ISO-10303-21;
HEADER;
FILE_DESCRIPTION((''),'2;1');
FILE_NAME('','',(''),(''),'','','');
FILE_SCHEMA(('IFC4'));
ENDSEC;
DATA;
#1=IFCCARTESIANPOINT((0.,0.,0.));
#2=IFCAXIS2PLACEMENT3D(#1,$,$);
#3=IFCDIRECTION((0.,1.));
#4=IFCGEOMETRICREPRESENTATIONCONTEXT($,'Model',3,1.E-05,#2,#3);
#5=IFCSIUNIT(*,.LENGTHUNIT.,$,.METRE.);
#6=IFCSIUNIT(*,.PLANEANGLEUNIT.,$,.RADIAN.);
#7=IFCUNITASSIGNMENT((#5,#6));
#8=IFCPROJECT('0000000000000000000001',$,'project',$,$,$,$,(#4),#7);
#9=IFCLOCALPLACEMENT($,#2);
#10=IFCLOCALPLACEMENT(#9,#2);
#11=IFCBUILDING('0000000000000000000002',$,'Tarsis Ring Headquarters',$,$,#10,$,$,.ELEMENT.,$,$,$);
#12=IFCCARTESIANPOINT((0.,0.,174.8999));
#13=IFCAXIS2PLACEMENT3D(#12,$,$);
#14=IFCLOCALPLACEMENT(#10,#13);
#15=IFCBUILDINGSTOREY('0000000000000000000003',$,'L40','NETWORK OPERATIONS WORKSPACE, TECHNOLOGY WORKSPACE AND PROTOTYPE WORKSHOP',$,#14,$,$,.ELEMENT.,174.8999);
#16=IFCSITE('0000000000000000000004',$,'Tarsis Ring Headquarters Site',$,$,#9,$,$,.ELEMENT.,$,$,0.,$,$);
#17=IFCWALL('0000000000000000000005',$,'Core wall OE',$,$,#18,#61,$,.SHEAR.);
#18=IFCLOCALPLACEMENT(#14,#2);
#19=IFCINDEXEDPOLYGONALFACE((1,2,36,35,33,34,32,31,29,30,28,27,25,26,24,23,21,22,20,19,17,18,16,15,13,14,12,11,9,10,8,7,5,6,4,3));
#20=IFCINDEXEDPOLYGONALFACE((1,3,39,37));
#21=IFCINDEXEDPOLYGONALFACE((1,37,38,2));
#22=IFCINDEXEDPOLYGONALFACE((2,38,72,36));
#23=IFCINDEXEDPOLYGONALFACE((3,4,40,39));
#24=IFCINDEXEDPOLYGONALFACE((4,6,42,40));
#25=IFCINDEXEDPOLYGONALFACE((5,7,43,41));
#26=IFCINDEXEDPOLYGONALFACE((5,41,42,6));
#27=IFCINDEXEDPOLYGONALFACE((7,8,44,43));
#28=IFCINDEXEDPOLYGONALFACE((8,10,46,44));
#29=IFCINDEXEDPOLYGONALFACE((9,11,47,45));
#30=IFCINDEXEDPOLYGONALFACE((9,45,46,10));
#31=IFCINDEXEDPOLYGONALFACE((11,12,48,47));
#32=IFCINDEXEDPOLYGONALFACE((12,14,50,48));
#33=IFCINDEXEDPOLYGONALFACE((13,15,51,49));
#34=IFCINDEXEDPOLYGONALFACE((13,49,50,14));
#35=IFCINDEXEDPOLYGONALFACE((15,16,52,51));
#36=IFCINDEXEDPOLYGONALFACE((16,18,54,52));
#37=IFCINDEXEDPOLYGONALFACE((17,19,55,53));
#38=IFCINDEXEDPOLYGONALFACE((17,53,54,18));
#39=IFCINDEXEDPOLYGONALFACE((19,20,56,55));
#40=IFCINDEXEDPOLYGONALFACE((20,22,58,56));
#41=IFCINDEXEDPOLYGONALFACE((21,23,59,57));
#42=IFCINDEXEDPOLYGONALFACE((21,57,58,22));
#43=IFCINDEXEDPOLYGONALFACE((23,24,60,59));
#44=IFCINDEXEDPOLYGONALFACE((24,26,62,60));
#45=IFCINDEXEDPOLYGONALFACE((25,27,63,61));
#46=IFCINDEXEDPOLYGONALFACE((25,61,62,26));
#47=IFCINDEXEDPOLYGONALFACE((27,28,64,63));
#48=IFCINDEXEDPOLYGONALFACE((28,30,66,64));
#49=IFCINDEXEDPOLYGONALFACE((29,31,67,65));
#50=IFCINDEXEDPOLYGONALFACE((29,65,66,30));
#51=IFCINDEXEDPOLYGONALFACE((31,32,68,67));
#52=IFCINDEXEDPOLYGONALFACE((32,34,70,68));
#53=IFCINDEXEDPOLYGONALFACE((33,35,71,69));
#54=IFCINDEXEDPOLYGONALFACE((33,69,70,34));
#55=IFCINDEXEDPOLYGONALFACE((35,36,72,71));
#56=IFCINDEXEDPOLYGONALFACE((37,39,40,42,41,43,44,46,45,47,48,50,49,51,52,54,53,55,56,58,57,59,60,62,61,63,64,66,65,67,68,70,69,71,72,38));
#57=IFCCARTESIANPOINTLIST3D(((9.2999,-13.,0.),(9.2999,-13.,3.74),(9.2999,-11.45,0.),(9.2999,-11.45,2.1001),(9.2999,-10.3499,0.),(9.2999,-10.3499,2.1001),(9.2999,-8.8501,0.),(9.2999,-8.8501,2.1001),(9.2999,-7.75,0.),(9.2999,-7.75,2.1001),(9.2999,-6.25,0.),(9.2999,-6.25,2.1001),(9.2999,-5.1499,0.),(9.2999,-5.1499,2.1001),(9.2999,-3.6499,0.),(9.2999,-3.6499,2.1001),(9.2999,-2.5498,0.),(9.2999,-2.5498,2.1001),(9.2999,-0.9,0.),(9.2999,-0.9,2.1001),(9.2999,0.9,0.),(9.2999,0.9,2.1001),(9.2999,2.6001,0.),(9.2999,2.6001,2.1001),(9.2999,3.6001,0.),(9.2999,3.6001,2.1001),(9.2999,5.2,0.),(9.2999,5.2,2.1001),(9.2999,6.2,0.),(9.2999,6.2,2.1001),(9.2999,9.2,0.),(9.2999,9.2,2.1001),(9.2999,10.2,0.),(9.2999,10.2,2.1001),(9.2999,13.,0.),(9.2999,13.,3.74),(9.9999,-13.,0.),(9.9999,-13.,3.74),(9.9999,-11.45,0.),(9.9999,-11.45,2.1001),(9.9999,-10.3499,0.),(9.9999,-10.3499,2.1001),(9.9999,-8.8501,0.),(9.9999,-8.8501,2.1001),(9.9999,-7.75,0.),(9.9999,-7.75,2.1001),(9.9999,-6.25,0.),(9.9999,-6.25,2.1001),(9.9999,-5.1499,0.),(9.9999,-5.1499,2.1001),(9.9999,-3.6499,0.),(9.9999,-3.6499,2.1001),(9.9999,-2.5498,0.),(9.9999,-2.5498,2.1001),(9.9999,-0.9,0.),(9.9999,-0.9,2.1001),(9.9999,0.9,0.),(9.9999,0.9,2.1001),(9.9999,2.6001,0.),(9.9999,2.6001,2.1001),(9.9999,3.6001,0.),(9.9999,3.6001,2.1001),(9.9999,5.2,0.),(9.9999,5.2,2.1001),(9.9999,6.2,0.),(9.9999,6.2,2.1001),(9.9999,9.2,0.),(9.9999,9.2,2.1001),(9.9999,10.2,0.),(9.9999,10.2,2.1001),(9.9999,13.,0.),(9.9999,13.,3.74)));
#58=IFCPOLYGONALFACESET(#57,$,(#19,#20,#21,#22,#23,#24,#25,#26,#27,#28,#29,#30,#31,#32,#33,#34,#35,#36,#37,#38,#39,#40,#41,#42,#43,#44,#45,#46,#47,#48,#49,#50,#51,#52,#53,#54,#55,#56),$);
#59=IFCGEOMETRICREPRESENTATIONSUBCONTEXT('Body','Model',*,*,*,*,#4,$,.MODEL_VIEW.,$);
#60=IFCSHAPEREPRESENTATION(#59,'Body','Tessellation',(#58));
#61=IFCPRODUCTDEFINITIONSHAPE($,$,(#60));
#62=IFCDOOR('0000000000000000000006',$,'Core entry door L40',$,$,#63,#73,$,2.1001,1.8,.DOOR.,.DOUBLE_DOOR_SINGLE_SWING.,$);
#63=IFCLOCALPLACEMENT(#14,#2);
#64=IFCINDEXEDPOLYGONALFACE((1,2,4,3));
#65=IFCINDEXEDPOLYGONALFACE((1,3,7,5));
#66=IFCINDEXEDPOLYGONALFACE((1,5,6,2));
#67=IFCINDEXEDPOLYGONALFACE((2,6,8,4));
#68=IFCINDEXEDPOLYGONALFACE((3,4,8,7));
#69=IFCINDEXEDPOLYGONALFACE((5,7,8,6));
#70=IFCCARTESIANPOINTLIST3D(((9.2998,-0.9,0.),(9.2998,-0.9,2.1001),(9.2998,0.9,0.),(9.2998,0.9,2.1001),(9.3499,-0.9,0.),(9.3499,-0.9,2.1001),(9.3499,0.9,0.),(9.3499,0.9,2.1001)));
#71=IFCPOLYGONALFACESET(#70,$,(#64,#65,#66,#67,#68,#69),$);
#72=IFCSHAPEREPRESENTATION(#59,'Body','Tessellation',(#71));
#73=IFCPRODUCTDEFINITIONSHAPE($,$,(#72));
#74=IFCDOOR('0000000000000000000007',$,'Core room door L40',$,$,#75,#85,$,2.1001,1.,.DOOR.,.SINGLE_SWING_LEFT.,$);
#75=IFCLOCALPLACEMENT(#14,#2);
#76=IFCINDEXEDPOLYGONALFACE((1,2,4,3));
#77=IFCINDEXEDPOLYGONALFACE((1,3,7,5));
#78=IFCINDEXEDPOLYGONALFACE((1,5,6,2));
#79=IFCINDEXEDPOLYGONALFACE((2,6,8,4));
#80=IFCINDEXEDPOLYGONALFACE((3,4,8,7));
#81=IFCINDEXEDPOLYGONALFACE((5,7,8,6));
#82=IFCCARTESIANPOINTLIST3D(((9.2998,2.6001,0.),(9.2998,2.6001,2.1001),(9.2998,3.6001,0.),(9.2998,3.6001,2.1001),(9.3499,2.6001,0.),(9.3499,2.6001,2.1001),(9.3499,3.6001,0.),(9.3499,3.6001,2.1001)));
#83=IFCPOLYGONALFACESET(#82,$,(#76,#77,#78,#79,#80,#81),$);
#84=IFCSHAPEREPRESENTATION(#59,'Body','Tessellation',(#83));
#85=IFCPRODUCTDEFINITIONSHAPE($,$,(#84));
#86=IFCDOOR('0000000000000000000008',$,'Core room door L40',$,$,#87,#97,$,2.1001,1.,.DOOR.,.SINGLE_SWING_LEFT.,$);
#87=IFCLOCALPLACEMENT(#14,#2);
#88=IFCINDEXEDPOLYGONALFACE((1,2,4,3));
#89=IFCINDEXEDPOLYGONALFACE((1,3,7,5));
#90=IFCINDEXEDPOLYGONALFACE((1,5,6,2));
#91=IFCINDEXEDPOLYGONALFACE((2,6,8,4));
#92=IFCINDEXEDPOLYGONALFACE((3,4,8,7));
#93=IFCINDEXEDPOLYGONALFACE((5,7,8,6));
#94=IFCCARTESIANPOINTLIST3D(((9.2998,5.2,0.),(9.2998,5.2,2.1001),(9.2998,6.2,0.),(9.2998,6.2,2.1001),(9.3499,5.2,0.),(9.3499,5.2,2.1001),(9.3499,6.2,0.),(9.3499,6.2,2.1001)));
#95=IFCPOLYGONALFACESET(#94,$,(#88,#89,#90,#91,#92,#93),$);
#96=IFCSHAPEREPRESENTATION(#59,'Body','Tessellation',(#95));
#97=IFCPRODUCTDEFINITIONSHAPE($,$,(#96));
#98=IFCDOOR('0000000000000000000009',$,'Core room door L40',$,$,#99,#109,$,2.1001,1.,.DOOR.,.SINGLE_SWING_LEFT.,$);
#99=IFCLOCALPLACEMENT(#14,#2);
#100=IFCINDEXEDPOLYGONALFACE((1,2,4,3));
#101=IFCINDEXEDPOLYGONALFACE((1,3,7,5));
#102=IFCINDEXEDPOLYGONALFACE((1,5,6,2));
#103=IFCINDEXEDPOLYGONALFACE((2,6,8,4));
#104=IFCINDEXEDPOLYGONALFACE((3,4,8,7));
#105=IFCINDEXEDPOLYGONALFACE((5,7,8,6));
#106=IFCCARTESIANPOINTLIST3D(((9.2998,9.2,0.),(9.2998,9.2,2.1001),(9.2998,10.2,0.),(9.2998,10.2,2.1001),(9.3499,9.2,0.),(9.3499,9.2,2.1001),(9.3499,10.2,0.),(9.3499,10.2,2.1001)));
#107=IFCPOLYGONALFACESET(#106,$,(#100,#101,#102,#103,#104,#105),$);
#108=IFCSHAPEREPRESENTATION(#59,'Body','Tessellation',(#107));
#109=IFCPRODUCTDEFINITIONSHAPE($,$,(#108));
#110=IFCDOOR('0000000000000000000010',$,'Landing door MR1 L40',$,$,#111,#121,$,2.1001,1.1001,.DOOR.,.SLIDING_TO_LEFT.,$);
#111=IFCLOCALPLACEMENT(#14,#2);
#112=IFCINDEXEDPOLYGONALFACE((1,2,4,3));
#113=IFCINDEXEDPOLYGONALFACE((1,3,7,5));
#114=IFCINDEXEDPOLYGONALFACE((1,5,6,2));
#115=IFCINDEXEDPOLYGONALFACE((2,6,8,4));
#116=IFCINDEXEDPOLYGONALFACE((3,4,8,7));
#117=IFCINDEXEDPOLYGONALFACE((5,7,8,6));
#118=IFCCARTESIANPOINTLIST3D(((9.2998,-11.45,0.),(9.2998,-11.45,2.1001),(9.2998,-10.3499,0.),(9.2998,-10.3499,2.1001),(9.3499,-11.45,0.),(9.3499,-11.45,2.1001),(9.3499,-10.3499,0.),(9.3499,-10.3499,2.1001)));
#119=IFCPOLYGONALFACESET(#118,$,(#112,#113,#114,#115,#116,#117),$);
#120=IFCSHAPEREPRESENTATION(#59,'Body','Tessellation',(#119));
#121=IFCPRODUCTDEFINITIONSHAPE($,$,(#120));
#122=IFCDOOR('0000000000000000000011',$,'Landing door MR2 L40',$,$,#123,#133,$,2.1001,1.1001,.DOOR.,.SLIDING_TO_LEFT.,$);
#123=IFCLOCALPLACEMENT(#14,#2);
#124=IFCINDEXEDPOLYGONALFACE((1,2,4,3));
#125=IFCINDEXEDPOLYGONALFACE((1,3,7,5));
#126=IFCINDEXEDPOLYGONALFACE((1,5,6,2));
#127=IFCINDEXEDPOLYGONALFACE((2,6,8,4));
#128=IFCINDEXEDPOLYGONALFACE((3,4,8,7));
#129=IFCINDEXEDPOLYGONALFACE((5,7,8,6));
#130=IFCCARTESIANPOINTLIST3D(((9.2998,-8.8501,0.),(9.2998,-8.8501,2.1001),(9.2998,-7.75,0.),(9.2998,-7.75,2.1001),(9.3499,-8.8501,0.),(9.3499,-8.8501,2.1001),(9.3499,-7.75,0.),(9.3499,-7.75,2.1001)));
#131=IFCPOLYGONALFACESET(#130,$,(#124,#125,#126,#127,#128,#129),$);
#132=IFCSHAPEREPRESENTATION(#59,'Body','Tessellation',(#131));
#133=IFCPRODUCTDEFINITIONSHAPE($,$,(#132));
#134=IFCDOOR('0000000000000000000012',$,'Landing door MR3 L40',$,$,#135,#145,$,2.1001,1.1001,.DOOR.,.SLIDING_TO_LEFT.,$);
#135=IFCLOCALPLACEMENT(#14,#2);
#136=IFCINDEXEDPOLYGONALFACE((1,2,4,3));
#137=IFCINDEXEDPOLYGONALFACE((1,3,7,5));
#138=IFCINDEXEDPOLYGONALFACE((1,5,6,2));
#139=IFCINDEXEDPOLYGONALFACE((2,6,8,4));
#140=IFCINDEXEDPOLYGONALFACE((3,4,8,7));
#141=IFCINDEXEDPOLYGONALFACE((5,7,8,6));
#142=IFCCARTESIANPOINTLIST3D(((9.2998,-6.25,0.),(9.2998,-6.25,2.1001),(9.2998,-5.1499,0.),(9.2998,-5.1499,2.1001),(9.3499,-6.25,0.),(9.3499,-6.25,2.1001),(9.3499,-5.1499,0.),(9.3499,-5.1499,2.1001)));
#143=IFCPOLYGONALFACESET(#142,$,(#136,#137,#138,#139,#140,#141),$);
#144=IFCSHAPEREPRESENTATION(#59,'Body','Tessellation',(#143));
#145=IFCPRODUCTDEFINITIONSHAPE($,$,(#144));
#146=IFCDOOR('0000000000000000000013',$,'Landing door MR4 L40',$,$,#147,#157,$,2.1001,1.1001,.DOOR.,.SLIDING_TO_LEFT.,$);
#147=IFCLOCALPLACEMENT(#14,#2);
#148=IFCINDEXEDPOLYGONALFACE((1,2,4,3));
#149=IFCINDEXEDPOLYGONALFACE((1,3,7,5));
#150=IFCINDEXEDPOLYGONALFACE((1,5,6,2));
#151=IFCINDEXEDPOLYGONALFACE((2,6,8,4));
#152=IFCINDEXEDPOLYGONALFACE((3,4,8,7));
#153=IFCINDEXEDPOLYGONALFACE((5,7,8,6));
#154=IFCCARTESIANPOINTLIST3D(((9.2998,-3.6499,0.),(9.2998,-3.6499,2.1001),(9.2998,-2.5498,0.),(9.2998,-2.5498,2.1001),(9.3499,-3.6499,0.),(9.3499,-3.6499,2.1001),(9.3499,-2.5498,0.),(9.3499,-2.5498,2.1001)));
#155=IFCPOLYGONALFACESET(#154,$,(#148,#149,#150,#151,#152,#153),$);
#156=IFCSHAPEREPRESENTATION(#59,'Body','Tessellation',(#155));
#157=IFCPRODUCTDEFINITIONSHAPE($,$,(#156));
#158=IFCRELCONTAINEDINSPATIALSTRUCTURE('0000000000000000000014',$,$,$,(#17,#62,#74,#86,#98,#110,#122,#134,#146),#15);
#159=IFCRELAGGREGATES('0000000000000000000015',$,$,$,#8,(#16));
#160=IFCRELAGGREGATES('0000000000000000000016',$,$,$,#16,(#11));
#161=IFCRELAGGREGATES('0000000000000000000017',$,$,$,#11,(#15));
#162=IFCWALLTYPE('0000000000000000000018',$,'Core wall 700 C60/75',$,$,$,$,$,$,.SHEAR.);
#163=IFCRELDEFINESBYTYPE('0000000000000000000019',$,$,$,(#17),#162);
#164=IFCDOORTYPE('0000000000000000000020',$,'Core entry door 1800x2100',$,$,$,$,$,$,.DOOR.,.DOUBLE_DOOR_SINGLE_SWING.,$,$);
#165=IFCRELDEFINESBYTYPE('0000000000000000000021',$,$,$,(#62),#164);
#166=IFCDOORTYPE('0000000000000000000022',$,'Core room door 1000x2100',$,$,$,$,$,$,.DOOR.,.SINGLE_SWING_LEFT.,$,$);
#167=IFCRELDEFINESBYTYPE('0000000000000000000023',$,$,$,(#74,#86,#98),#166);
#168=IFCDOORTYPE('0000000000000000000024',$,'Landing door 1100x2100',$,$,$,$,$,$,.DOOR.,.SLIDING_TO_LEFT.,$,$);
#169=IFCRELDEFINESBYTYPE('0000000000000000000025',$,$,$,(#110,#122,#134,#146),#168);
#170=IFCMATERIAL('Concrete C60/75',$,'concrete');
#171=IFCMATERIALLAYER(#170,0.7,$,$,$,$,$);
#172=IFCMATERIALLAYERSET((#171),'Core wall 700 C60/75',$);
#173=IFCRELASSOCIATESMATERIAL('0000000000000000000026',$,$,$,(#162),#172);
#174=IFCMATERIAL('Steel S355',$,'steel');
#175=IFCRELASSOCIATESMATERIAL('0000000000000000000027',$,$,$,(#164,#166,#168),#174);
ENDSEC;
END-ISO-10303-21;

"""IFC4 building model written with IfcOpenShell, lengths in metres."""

from ifc_helpers import new_model, si_unit, direction, frame, frame_2d, origin, place, context, subcontext, project, spatial, rectangle, extrude, material, layer, layer_set, type_object, element, fill, save


model = new_model("IFC4")

# Units and contexts
model_context = context("Model", 3, precision=1e-05, world=origin(), true_north=direction((0.0, 1.0)))
body_context = subcontext(model_context, "Body", "Model", "MODEL_VIEW")
ifc_project = project(units=[si_unit("LENGTHUNIT", "METRE"), si_unit("PLANEANGLEUNIT", "RADIAN")], contexts=[model_context])

# Site, building, storey
site_placement = place(None, origin())
site = spatial("IfcSite", under=ifc_project, at=site_placement, Name="Tarsis Ring Headquarters Site", CompositionType="ELEMENT", RefElevation=0.0)
building_placement = place(site_placement, origin())
building = spatial("IfcBuilding", under=site, at=building_placement, Name="Tarsis Ring Headquarters", CompositionType="ELEMENT")
storey_placement = place(building_placement, frame((0.0, 0.0, 174.8999)))
storey = spatial("IfcBuildingStorey", under=building, at=storey_placement, Name="L40", Description="NETWORK OPERATIONS WORKSPACE, TECHNOLOGY WORKSPACE AND PROTOTYPE WORKSHOP", CompositionType="ELEMENT", Elevation=174.8999)

# Wall, openings, doors
ifc_material_1 = material(Name="Concrete C60/75", Category="concrete")
ifc_layer_1 = layer(ifc_material_1, 0.7)
ifc_layer_set_1 = layer_set([ifc_layer_1], Name="Core wall 700 C60/75")
wall_type_1 = type_object("IfcWallType", Name="Core wall 700 C60/75", PredefinedType="SHEAR", material=ifc_layer_set_1)
wall_1_placement = place(storey_placement, frame((9.6499, -13.0, 0.0), z_axis=(0.0, 0.0, 1.0), x_axis=(0.0, 1.0, 0.0)))
wall_1 = element("IfcWall", 1, at=wall_1_placement, inside=storey, type_object=wall_type_1, Name="Core wall OE", PredefinedType="SHEAR", context=body_context, shape_type="SweptSolid", body=[
    extrude(rectangle(XDim=26.0, YDim=0.7, at=frame_2d((13.0, 0.0))), origin(), (0.0, 0.0, 1.0), 3.74),
])
opening_1_placement = place(wall_1_placement, frame((1.55, 0.0, 0.0)))
opening_1 = element("IfcOpeningElement", 2, at=opening_1_placement, cuts=wall_1, PredefinedType="OPENING", context=body_context, shape_type="SweptSolid", body=[
    extrude(rectangle(XDim=1.1001, YDim=2.1001, at=frame_2d((0.55, 1.05))), frame((0.0, 0.3599, 0.0), z_axis=(0.0, -1.0, 0.0), x_axis=(1.0, 0.0, 0.0)), (0.0, 0.0, 1.0), 0.72),
])
opening_2_placement = place(wall_1_placement, frame((4.1499, 0.0, 0.0)))
opening_2 = element("IfcOpeningElement", 3, at=opening_2_placement, cuts=wall_1, PredefinedType="OPENING", context=body_context, shape_type="SweptSolid", body=[
    extrude(rectangle(XDim=1.1001, YDim=2.1001, at=frame_2d((0.55, 1.05))), frame((0.0, 0.3599, 0.0), z_axis=(0.0, -1.0, 0.0), x_axis=(1.0, 0.0, 0.0)), (0.0, 0.0, 1.0), 0.72),
])
opening_3_placement = place(wall_1_placement, frame((6.75, 0.0, 0.0)))
opening_3 = element("IfcOpeningElement", 4, at=opening_3_placement, cuts=wall_1, PredefinedType="OPENING", context=body_context, shape_type="SweptSolid", body=[
    extrude(rectangle(XDim=1.1001, YDim=2.1001, at=frame_2d((0.55, 1.05))), frame((0.0, 0.3599, 0.0), z_axis=(0.0, -1.0, 0.0), x_axis=(1.0, 0.0, 0.0)), (0.0, 0.0, 1.0), 0.72),
])
opening_4_placement = place(wall_1_placement, frame((9.3501, 0.0, 0.0)))
opening_4 = element("IfcOpeningElement", 5, at=opening_4_placement, cuts=wall_1, PredefinedType="OPENING", context=body_context, shape_type="SweptSolid", body=[
    extrude(rectangle(XDim=1.1001, YDim=2.1001, at=frame_2d((0.55, 1.05))), frame((0.0, 0.3599, 0.0), z_axis=(0.0, -1.0, 0.0), x_axis=(1.0, 0.0, 0.0)), (0.0, 0.0, 1.0), 0.72),
])
opening_5_placement = place(wall_1_placement, frame((12.1001, 0.0, 0.0)))
opening_5 = element("IfcOpeningElement", 6, at=opening_5_placement, cuts=wall_1, PredefinedType="OPENING", context=body_context, shape_type="SweptSolid", body=[
    extrude(rectangle(XDim=1.8, YDim=2.1001, at=frame_2d((0.8999, 1.05))), frame((0.0, 0.3599, 0.0), z_axis=(0.0, -1.0, 0.0), x_axis=(1.0, 0.0, 0.0)), (0.0, 0.0, 1.0), 0.72),
])
opening_6_placement = place(wall_1_placement, frame((15.6001, 0.0, 0.0)))
opening_6 = element("IfcOpeningElement", 7, at=opening_6_placement, cuts=wall_1, PredefinedType="OPENING", context=body_context, shape_type="SweptSolid", body=[
    extrude(rectangle(XDim=1.0, YDim=2.1001, at=frame_2d((0.5, 1.05))), frame((0.0, 0.3599, 0.0), z_axis=(0.0, -1.0, 0.0), x_axis=(1.0, 0.0, 0.0)), (0.0, 0.0, 1.0), 0.72),
])
opening_7_placement = place(wall_1_placement, frame((18.2, 0.0, 0.0)))
opening_7 = element("IfcOpeningElement", 8, at=opening_7_placement, cuts=wall_1, PredefinedType="OPENING", context=body_context, shape_type="SweptSolid", body=[
    extrude(rectangle(XDim=1.0, YDim=2.1001, at=frame_2d((0.5, 1.05))), frame((0.0, 0.3599, 0.0), z_axis=(0.0, -1.0, 0.0), x_axis=(1.0, 0.0, 0.0)), (0.0, 0.0, 1.0), 0.72),
])
opening_8_placement = place(wall_1_placement, frame((22.2, 0.0, 0.0)))
opening_8 = element("IfcOpeningElement", 9, at=opening_8_placement, cuts=wall_1, PredefinedType="OPENING", context=body_context, shape_type="SweptSolid", body=[
    extrude(rectangle(XDim=1.0, YDim=2.1001, at=frame_2d((0.5, 1.05))), frame((0.0, 0.3599, 0.0), z_axis=(0.0, -1.0, 0.0), x_axis=(1.0, 0.0, 0.0)), (0.0, 0.0, 1.0), 0.72),
])
ifc_material_2 = material(Name="Steel S355", Category="steel")
door_type_1 = type_object("IfcDoorType", Name="Core entry door 1800x2100", OperationType="DOUBLE_DOOR_SINGLE_SWING", PredefinedType="DOOR", material=ifc_material_2)
door_1_placement = place(opening_5_placement, origin())
door_1 = element("IfcDoor", 10, at=door_1_placement, inside=storey, type_object=door_type_1, Name="Core entry door L40", OperationType="DOUBLE_DOOR_SINGLE_SWING", OverallHeight=2.1001, OverallWidth=1.8, PredefinedType="DOOR", context=body_context, shape_type="SweptSolid", body=[
    extrude(rectangle(XDim=1.8, YDim=2.1001, at=frame_2d((0.8999, 1.05))), frame((0.0, 0.3501, 0.0), z_axis=(0.0, -1.0, 0.0), x_axis=(1.0, 0.0, 0.0)), (0.0, 0.0, 1.0), 0.05),
])
fill(opening_5, door_1)
door_type_2 = type_object("IfcDoorType", Name="Core room door 1000x2100", OperationType="SINGLE_SWING_LEFT", PredefinedType="DOOR", material=ifc_material_2)
door_2_placement = place(opening_6_placement, origin())
door_2 = element("IfcDoor", 11, at=door_2_placement, inside=storey, type_object=door_type_2, Name="Core room door L40", OperationType="SINGLE_SWING_LEFT", OverallHeight=2.1001, OverallWidth=1.0, PredefinedType="DOOR", context=body_context, shape_type="SweptSolid", body=[
    extrude(rectangle(XDim=1.0, YDim=2.1001, at=frame_2d((0.5, 1.05))), frame((0.0, 0.3501, 0.0), z_axis=(0.0, -1.0, 0.0), x_axis=(1.0, 0.0, 0.0)), (0.0, 0.0, 1.0), 0.05),
])
fill(opening_6, door_2)
door_3_placement = place(opening_7_placement, origin())
door_3 = element("IfcDoor", 12, at=door_3_placement, inside=storey, type_object=door_type_2, Name="Core room door L40", OperationType="SINGLE_SWING_LEFT", OverallHeight=2.1001, OverallWidth=1.0, PredefinedType="DOOR", context=body_context, shape_type="SweptSolid", body=[
    extrude(rectangle(XDim=1.0, YDim=2.1001, at=frame_2d((0.5, 1.05))), frame((0.0, 0.3501, 0.0), z_axis=(0.0, -1.0, 0.0), x_axis=(1.0, 0.0, 0.0)), (0.0, 0.0, 1.0), 0.05),
])
fill(opening_7, door_3)
door_4_placement = place(opening_8_placement, origin())
door_4 = element("IfcDoor", 13, at=door_4_placement, inside=storey, type_object=door_type_2, Name="Core room door L40", OperationType="SINGLE_SWING_LEFT", OverallHeight=2.1001, OverallWidth=1.0, PredefinedType="DOOR", context=body_context, shape_type="SweptSolid", body=[
    extrude(rectangle(XDim=1.0, YDim=2.1001, at=frame_2d((0.5, 1.05))), frame((0.0, 0.3501, 0.0), z_axis=(0.0, -1.0, 0.0), x_axis=(1.0, 0.0, 0.0)), (0.0, 0.0, 1.0), 0.05),
])
fill(opening_8, door_4)
door_type_3 = type_object("IfcDoorType", Name="Landing door 1100x2100", OperationType="SLIDING_TO_LEFT", PredefinedType="DOOR", material=ifc_material_2)
door_5_placement = place(opening_1_placement, origin())
door_5 = element("IfcDoor", 14, at=door_5_placement, inside=storey, type_object=door_type_3, Name="Landing door MR1 L40", OperationType="SLIDING_TO_LEFT", OverallHeight=2.1001, OverallWidth=1.1001, PredefinedType="DOOR", context=body_context, shape_type="SweptSolid", body=[
    extrude(rectangle(XDim=1.1001, YDim=2.1001, at=frame_2d((0.55, 1.05))), frame((0.0, 0.3501, 0.0), z_axis=(0.0, -1.0, 0.0), x_axis=(1.0, 0.0, 0.0)), (0.0, 0.0, 1.0), 0.05),
])
fill(opening_1, door_5)
door_6_placement = place(opening_2_placement, origin())
door_6 = element("IfcDoor", 15, at=door_6_placement, inside=storey, type_object=door_type_3, Name="Landing door MR2 L40", OperationType="SLIDING_TO_LEFT", OverallHeight=2.1001, OverallWidth=1.1001, PredefinedType="DOOR", context=body_context, shape_type="SweptSolid", body=[
    extrude(rectangle(XDim=1.1001, YDim=2.1001, at=frame_2d((0.55, 1.05))), frame((0.0, 0.3501, 0.0), z_axis=(0.0, -1.0, 0.0), x_axis=(1.0, 0.0, 0.0)), (0.0, 0.0, 1.0), 0.05),
])
fill(opening_2, door_6)
door_7_placement = place(opening_3_placement, origin())
door_7 = element("IfcDoor", 16, at=door_7_placement, inside=storey, type_object=door_type_3, Name="Landing door MR3 L40", OperationType="SLIDING_TO_LEFT", OverallHeight=2.1001, OverallWidth=1.1001, PredefinedType="DOOR", context=body_context, shape_type="SweptSolid", body=[
    extrude(rectangle(XDim=1.1001, YDim=2.1001, at=frame_2d((0.55, 1.05))), frame((0.0, 0.3501, 0.0), z_axis=(0.0, -1.0, 0.0), x_axis=(1.0, 0.0, 0.0)), (0.0, 0.0, 1.0), 0.05),
])
fill(opening_3, door_7)
door_8_placement = place(opening_4_placement, origin())
door_8 = element("IfcDoor", 17, at=door_8_placement, inside=storey, type_object=door_type_3, Name="Landing door MR4 L40", OperationType="SLIDING_TO_LEFT", OverallHeight=2.1001, OverallWidth=1.1001, PredefinedType="DOOR", context=body_context, shape_type="SweptSolid", body=[
    extrude(rectangle(XDim=1.1001, YDim=2.1001, at=frame_2d((0.55, 1.05))), frame((0.0, 0.3501, 0.0), z_axis=(0.0, -1.0, 0.0), x_axis=(1.0, 0.0, 0.0)), (0.0, 0.0, 1.0), 0.05),
])
fill(opening_4, door_8)

save(model, "model.ifc")
